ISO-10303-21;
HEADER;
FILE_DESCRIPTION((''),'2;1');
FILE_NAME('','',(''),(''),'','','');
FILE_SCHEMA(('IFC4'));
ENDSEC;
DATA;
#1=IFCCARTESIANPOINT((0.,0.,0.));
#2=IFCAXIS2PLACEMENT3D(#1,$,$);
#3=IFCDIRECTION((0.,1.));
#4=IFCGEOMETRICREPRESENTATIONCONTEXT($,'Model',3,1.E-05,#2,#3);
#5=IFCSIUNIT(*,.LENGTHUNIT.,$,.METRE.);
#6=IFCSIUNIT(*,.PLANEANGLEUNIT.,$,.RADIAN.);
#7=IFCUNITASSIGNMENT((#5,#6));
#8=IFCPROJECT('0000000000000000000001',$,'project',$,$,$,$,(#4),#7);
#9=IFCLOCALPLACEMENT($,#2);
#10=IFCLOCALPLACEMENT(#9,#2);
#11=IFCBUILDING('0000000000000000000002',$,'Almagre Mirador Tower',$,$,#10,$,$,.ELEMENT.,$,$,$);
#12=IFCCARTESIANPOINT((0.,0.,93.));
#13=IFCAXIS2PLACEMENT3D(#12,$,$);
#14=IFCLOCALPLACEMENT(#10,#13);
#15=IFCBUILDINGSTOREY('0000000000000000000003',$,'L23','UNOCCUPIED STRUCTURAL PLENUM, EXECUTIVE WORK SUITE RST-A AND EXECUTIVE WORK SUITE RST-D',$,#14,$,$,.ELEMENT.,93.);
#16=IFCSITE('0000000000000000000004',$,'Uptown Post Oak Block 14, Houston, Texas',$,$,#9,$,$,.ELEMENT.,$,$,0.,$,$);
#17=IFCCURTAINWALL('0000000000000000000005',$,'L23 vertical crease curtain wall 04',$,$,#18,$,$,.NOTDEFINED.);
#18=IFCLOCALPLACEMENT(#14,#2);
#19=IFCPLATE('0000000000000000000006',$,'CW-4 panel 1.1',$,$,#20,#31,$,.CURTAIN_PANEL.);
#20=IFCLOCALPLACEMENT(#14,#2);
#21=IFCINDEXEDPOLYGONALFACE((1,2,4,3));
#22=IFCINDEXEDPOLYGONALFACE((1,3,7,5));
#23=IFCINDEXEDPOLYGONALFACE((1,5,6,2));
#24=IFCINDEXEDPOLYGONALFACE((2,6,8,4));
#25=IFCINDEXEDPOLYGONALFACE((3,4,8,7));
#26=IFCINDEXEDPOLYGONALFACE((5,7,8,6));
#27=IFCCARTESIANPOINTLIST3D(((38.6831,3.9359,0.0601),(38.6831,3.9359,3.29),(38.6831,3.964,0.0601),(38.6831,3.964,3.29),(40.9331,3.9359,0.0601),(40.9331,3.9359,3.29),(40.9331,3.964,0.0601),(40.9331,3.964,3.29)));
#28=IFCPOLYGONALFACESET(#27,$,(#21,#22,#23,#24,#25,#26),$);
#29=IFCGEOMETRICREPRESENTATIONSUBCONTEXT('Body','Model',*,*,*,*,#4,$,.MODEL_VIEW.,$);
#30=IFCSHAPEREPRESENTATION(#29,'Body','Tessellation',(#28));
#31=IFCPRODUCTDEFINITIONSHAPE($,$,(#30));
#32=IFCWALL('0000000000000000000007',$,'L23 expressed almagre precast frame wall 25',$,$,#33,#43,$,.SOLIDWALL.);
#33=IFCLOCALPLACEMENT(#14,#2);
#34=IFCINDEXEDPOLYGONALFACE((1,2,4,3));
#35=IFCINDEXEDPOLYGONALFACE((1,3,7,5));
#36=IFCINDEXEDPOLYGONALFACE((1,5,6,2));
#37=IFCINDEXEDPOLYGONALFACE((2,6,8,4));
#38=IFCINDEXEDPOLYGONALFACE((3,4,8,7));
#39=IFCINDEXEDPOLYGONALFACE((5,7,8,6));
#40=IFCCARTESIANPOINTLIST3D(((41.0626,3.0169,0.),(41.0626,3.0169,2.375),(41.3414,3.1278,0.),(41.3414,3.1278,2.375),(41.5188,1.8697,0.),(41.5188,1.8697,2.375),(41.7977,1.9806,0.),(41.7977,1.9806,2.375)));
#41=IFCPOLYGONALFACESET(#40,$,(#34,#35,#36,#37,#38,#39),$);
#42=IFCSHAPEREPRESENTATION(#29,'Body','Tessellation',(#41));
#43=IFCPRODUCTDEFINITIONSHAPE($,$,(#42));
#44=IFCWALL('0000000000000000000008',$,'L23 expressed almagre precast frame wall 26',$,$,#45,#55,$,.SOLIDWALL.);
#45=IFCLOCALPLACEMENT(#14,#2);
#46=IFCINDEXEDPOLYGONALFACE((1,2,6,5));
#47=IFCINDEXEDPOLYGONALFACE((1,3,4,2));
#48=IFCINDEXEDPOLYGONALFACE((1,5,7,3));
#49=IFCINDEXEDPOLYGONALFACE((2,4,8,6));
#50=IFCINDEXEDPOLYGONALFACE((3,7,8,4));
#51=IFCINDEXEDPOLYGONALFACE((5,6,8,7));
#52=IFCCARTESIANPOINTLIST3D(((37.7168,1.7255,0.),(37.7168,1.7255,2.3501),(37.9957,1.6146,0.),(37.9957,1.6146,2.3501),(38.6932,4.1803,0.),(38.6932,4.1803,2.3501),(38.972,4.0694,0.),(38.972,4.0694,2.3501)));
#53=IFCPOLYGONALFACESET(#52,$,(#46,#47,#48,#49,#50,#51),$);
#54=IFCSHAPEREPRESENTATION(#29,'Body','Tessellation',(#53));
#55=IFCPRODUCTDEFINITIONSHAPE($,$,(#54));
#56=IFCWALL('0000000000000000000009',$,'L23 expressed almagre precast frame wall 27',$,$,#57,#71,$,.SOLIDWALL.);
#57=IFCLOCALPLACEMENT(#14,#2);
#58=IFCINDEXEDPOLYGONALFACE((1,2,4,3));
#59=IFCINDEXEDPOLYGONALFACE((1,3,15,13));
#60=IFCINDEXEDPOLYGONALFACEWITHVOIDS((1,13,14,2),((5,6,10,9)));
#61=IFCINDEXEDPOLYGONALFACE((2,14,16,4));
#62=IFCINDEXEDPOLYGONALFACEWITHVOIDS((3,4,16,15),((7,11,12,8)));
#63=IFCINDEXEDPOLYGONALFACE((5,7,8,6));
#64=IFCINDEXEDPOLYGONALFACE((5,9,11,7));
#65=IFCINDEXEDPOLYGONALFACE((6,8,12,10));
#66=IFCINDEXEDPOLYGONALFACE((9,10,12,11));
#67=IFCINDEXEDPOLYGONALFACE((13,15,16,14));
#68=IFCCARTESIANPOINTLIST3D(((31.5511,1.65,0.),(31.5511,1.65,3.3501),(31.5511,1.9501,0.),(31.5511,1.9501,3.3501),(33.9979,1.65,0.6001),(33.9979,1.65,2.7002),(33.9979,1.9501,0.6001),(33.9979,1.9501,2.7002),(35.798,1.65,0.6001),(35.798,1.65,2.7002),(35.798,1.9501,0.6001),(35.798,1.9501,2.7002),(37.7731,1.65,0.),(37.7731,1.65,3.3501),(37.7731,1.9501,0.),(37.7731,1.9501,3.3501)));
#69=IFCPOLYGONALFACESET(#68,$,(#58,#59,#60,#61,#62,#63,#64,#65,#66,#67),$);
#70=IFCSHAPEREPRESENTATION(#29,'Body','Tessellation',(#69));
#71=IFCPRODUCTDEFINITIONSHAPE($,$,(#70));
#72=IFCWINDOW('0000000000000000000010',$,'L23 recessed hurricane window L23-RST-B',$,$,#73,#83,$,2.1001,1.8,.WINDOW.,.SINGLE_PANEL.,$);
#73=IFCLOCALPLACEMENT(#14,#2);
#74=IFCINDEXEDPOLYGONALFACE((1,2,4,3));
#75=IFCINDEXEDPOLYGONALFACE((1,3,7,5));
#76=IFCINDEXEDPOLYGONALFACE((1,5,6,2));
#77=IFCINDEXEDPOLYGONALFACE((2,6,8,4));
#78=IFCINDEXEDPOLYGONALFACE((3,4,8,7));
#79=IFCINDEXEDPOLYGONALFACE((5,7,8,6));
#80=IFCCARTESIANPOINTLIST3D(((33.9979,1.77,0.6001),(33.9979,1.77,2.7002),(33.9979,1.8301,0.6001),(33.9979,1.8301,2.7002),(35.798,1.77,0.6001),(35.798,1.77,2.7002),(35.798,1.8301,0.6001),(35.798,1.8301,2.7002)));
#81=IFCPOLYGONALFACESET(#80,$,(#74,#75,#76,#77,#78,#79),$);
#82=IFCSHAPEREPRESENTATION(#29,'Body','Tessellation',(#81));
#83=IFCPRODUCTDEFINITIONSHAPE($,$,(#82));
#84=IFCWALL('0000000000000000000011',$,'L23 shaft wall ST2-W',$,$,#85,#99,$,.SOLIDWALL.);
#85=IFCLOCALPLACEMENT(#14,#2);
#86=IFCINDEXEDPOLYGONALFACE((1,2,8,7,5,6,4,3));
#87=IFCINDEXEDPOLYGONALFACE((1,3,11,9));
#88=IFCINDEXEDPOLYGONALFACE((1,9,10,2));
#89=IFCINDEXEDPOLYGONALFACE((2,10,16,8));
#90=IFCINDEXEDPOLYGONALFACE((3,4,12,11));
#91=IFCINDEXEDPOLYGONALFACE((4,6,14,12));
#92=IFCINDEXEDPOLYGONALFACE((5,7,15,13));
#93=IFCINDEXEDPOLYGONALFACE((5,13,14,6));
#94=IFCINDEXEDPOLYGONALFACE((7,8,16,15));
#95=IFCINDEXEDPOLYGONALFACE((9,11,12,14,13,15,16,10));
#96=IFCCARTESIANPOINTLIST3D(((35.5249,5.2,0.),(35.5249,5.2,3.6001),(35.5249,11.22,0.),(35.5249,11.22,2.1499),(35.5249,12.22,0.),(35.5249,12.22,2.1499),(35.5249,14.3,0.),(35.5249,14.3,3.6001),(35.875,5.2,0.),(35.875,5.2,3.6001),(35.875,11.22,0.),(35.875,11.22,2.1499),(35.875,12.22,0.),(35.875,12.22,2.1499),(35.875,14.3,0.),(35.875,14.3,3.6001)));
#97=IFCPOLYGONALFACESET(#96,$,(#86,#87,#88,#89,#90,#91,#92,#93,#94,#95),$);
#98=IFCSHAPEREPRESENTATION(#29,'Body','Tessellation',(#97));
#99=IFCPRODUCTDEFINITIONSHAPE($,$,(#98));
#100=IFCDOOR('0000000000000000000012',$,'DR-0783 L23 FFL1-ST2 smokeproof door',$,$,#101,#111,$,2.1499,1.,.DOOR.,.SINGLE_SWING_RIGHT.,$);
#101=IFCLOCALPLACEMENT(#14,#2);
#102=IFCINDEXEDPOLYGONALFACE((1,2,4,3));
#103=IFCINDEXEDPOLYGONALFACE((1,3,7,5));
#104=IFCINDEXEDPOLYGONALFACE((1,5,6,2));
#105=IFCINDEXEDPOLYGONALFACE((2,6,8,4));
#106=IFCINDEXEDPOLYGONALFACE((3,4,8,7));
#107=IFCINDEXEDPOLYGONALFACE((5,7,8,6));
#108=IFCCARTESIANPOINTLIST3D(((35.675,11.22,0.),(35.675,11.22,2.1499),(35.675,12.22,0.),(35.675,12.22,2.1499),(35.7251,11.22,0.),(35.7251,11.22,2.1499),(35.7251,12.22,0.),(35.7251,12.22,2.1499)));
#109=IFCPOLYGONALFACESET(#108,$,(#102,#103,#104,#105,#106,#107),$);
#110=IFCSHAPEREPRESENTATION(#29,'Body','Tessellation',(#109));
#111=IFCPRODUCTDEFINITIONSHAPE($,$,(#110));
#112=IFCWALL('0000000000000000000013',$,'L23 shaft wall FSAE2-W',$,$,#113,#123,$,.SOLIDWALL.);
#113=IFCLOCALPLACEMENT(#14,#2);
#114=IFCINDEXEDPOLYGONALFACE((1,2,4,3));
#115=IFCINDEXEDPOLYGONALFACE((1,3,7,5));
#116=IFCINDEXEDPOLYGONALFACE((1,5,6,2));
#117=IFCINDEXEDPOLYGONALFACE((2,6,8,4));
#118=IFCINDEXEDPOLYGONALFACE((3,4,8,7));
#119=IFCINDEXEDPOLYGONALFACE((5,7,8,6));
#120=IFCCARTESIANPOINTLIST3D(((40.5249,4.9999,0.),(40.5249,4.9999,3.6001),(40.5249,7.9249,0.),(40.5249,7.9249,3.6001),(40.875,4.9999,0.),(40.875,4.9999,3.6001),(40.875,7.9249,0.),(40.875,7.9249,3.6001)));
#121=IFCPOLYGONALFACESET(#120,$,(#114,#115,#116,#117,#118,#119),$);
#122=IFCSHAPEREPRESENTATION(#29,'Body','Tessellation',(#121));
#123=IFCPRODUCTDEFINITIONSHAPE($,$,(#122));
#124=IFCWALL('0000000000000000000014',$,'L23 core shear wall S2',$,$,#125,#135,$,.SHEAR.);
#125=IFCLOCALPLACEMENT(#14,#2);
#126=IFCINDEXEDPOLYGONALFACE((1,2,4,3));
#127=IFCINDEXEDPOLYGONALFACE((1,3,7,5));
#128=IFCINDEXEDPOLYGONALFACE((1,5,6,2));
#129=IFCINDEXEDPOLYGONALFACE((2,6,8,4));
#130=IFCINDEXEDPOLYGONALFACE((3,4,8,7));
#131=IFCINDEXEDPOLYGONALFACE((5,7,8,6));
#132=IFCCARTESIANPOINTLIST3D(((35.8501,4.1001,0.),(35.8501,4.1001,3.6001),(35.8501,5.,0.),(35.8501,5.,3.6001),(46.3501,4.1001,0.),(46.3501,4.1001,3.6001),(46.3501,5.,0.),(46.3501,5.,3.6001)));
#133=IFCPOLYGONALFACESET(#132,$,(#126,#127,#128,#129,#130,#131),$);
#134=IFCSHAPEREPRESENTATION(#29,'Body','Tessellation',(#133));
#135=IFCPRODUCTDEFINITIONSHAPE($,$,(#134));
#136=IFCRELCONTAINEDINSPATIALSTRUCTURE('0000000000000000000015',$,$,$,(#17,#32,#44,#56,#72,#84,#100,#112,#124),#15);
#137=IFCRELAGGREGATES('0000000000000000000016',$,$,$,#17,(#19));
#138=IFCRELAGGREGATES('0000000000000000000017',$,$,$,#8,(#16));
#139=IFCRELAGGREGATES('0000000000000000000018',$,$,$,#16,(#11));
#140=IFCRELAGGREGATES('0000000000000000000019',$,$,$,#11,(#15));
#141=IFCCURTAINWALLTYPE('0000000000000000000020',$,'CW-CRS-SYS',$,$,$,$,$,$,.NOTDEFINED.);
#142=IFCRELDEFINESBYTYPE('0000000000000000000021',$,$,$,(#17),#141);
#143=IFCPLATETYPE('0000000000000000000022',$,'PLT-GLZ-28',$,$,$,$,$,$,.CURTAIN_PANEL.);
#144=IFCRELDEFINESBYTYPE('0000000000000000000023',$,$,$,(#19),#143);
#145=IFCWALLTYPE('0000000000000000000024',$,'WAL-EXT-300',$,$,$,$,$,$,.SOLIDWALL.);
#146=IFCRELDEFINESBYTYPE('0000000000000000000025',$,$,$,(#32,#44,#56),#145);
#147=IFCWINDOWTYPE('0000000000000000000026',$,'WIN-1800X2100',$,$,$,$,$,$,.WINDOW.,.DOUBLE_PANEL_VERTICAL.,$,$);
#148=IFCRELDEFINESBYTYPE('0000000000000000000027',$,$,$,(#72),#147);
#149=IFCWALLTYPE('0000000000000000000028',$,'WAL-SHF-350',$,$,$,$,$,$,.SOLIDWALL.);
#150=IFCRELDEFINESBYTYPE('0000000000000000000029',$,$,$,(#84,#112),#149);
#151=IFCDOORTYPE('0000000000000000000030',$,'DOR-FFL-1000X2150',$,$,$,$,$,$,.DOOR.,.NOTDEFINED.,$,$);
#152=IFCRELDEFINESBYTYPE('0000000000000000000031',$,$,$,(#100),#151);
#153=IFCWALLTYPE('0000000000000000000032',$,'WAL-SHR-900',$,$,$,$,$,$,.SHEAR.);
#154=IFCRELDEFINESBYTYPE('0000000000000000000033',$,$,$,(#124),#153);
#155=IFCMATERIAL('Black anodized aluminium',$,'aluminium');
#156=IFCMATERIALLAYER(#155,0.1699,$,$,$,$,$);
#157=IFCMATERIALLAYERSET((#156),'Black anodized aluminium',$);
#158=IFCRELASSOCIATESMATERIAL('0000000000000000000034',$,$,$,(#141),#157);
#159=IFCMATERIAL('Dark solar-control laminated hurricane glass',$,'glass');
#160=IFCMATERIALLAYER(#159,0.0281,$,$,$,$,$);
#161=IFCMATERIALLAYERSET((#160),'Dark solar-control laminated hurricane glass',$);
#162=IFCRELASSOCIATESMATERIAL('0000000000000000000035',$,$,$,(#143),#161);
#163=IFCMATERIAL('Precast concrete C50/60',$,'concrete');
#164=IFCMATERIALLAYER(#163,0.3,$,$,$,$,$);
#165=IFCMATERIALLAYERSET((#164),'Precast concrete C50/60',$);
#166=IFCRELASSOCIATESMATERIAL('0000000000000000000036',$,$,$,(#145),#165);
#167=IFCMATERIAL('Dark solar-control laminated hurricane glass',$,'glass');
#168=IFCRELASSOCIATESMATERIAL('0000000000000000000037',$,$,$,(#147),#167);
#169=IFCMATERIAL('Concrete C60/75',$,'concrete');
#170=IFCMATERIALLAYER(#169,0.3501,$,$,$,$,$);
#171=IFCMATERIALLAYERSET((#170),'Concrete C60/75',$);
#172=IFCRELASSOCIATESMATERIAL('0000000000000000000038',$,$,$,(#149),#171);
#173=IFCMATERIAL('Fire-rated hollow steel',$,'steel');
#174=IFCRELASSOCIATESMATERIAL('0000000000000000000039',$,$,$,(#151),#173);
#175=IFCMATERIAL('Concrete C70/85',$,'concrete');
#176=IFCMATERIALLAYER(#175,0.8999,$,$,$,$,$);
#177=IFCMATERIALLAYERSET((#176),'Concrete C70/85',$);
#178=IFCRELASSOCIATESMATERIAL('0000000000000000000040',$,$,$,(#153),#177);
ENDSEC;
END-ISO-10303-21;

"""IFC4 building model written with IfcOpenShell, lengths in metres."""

from ifc_helpers import new_model, si_unit, direction, frame, frame_2d, origin, origin_2d, place, context, subcontext, project, spatial, rectangle, extrude, material, layer, layer_set, type_object, element, fill, aggregate, save


model = new_model("IFC4")

# Units and contexts
model_context = context("Model", 3, precision=1e-05, world=origin(), true_north=direction((0.0, 1.0)))
body_context = subcontext(model_context, "Body", "Model", "MODEL_VIEW")
ifc_project = project(units=[si_unit("LENGTHUNIT", "METRE"), si_unit("PLANEANGLEUNIT", "RADIAN")], contexts=[model_context])

# Site, building, storey
site_placement = place(None, origin())
site = spatial("IfcSite", under=ifc_project, at=site_placement, Name="Uptown Post Oak Block 14, Houston, Texas", CompositionType="ELEMENT", RefElevation=0.0)
building_placement = place(site_placement, origin())
building = spatial("IfcBuilding", under=site, at=building_placement, Name="Almagre Mirador Tower", CompositionType="ELEMENT")
storey_placement = place(building_placement, frame((0.0, 0.0, 93.0)))
storey = spatial("IfcBuildingStorey", under=building, at=storey_placement, Name="L23", Description="UNOCCUPIED STRUCTURAL PLENUM, EXECUTIVE WORK SUITE RST-A AND EXECUTIVE WORK SUITE RST-D", CompositionType="ELEMENT", Elevation=93.0)

# Curtain wall, plate
ifc_material_1 = material(Name="Black anodized aluminium", Category="aluminium")
ifc_layer_1 = layer(ifc_material_1, 0.1699)
ifc_layer_set_1 = layer_set([ifc_layer_1], Name="Black anodized aluminium")
curtain_wall_type = type_object("IfcCurtainWallType", Name="CW-CRS-SYS", PredefinedType="NOTDEFINED", material=ifc_layer_set_1)
curtain_wall_placement = place(storey_placement, origin())
curtain_wall = element("IfcCurtainWall", 1, at=curtain_wall_placement, inside=storey, type_object=curtain_wall_type, Name="L23 vertical crease curtain wall 04", PredefinedType="NOTDEFINED")
ifc_material_2 = material(Name="Dark solar-control laminated hurricane glass", Category="glass")
ifc_layer_2 = layer(ifc_material_2, 0.0281)
ifc_layer_set_2 = layer_set([ifc_layer_2], Name="Dark solar-control laminated hurricane glass")
plate_type = type_object("IfcPlateType", Name="PLT-GLZ-28", PredefinedType="CURTAIN_PANEL", material=ifc_layer_set_2)
plate_placement = place(storey_placement, frame((39.8081, 3.95, 0.0601), z_axis=(0.0, 0.0, 1.0), x_axis=(-1.0, 0.0, 0.0)))
plate = element("IfcPlate", 2, at=plate_placement, type_object=plate_type, Name="CW-4 panel 1.1", PredefinedType="CURTAIN_PANEL", context=body_context, shape_type="SweptSolid", body=[
    extrude(rectangle(XDim=2.25, YDim=0.0281, at=origin_2d()), origin(), (0.0, 0.0, 1.0), 3.23),
])
aggregate(curtain_wall, [plate])

# Walls
ifc_material_3 = material(Name="Precast concrete C50/60", Category="concrete")
ifc_layer_3 = layer(ifc_material_3, 0.3)
ifc_layer_set_3 = layer_set([ifc_layer_3], Name="Precast concrete C50/60")
wall_type_1 = type_object("IfcWallType", Name="WAL-EXT-300", PredefinedType="SOLIDWALL", material=ifc_layer_set_3)
wall_1_placement = place(storey_placement, frame((41.6582, 1.9253, 0.0), z_axis=(0.0, 0.0, 1.0), x_axis=(-0.369583, 0.929198, 0.0)))
element("IfcWall", 3, at=wall_1_placement, inside=storey, type_object=wall_type_1, Name="L23 expressed almagre precast frame wall 25", PredefinedType="SOLIDWALL", context=body_context, shape_type="SweptSolid", body=[
    extrude(rectangle(XDim=1.2346, YDim=0.3, at=frame_2d((0.6172, 0.0))), origin(), (0.0, 0.0, 1.0), 2.375),
])
wall_2_placement = place(storey_placement, frame((38.8325, 4.1248, 0.0), z_axis=(0.0, 0.0, 1.0), x_axis=(-0.369558, -0.929208, 0.0)))
element("IfcWall", 4, at=wall_2_placement, inside=storey, type_object=wall_type_1, Name="L23 expressed almagre precast frame wall 26", PredefinedType="SOLIDWALL", context=body_context, shape_type="SweptSolid", body=[
    extrude(rectangle(XDim=2.6418, YDim=0.3, at=frame_2d((1.3208, 0.0))), origin(), (0.0, 0.0, 1.0), 2.3501),
])

# Wall, opening, window
wall_3_placement = place(storey_placement, frame((37.7729, 1.8, 0.0), z_axis=(0.0, 0.0, 1.0), x_axis=(-1.0, 0.0, 0.0)))
wall_3 = element("IfcWall", 5, at=wall_3_placement, inside=storey, type_object=wall_type_1, Name="L23 expressed almagre precast frame wall 27", PredefinedType="SOLIDWALL", context=body_context, shape_type="SweptSolid", body=[
    extrude(rectangle(XDim=6.2219, YDim=0.3, at=frame_2d((3.1108, 0.0))), origin(), (0.0, 0.0, 1.0), 3.3501),
])
opening_1_placement = place(wall_3_placement, frame((1.9751, 0.0, 0.6001)))
opening_1 = element("IfcOpeningElement", 6, at=opening_1_placement, cuts=wall_3, PredefinedType="OPENING", context=body_context, shape_type="SweptSolid", body=[
    extrude(rectangle(XDim=1.8, YDim=2.1001, at=frame_2d((0.8999, 1.05))), frame((0.0, 0.1599, 0.0), z_axis=(0.0, -1.0, 0.0), x_axis=(1.0, 0.0, 0.0)), (0.0, 0.0, 1.0), 0.32),
])
ifc_material_4 = material(Name="Dark solar-control laminated hurricane glass", Category="glass")
window_type = type_object("IfcWindowType", Name="WIN-1800X2100", PartitioningType="DOUBLE_PANEL_VERTICAL", PredefinedType="WINDOW", material=ifc_material_4)
window_placement = place(opening_1_placement, origin())
window = element("IfcWindow", 7, at=window_placement, inside=storey, type_object=window_type, Name="L23 recessed hurricane window L23-RST-B", OverallHeight=2.1001, OverallWidth=1.8, PartitioningType="SINGLE_PANEL", PredefinedType="WINDOW", context=body_context, shape_type="SweptSolid", body=[
    extrude(rectangle(XDim=1.8, YDim=2.1001, at=frame_2d((0.8999, 1.05))), frame((0.0, 0.03, 0.0), z_axis=(0.0, -1.0, 0.0), x_axis=(1.0, 0.0, 0.0)), (0.0, 0.0, 1.0), 0.0601),
])
fill(opening_1, window)

# Wall, opening, door
ifc_material_5 = material(Name="Concrete C60/75", Category="concrete")
ifc_layer_4 = layer(ifc_material_5, 0.3501)
ifc_layer_set_4 = layer_set([ifc_layer_4], Name="Concrete C60/75")
wall_type_2 = type_object("IfcWallType", Name="WAL-SHF-350", PredefinedType="SOLIDWALL", material=ifc_layer_set_4)
wall_4_placement = place(storey_placement, frame((35.7, 5.2, 0.0), z_axis=(0.0, 0.0, 1.0), x_axis=(0.0, 1.0, 0.0)))
wall_4 = element("IfcWall", 8, at=wall_4_placement, inside=storey, type_object=wall_type_2, Name="L23 shaft wall ST2-W", PredefinedType="SOLIDWALL", context=body_context, shape_type="SweptSolid", body=[
    extrude(rectangle(XDim=9.1001, YDim=0.3501, at=frame_2d((4.55, 0.0))), origin(), (0.0, 0.0, 1.0), 3.6001),
])
opening_2_placement = place(wall_4_placement, frame((6.02, 0.0, 0.0)))
opening_2 = element("IfcOpeningElement", 9, at=opening_2_placement, cuts=wall_4, PredefinedType="OPENING", context=body_context, shape_type="SweptSolid", body=[
    extrude(rectangle(XDim=1.0, YDim=2.1499, at=frame_2d((0.5, 1.075))), frame((0.0, 0.185, 0.0), z_axis=(0.0, -1.0, 0.0), x_axis=(1.0, 0.0, 0.0)), (0.0, 0.0, 1.0), 0.3701),
])
ifc_material_6 = material(Name="Fire-rated hollow steel", Category="steel")
door_type = type_object("IfcDoorType", Name="DOR-FFL-1000X2150", OperationType="NOTDEFINED", PredefinedType="DOOR", material=ifc_material_6)
door_placement = place(opening_2_placement, origin())
door = element("IfcDoor", 10, at=door_placement, inside=storey, type_object=door_type, Name="DR-0783 L23 FFL1-ST2 smokeproof door", OperationType="SINGLE_SWING_RIGHT", OverallHeight=2.1499, OverallWidth=1.0, PredefinedType="DOOR", context=body_context, shape_type="SweptSolid", body=[
    extrude(rectangle(XDim=1.0, YDim=2.1499, at=frame_2d((0.5, 1.075))), frame((0.0, 0.0249, 0.0), z_axis=(0.0, -1.0, 0.0), x_axis=(1.0, 0.0, 0.0)), (0.0, 0.0, 1.0), 0.05),
])
fill(opening_2, door)

# Walls
wall_5_placement = place(storey_placement, frame((40.7, 5.0, 0.0), z_axis=(0.0, 0.0, 1.0), x_axis=(0.0, 1.0, 0.0)))
element("IfcWall", 11, at=wall_5_placement, inside=storey, type_object=wall_type_2, Name="L23 shaft wall FSAE2-W", PredefinedType="SOLIDWALL", context=body_context, shape_type="SweptSolid", body=[
    extrude(rectangle(XDim=2.925, YDim=0.3501, at=frame_2d((1.4624, 0.0))), origin(), (0.0, 0.0, 1.0), 3.6001),
])
ifc_material_7 = material(Name="Concrete C70/85", Category="concrete")
ifc_layer_5 = layer(ifc_material_7, 0.8999)
ifc_layer_set_5 = layer_set([ifc_layer_5], Name="Concrete C70/85")
wall_type_3 = type_object("IfcWallType", Name="WAL-SHR-900", PredefinedType="SHEAR", material=ifc_layer_set_5)
wall_6_placement = place(storey_placement, frame((35.8501, 4.55, 0.0), z_axis=(0.0, 0.0, 1.0), x_axis=(1.0, 0.0, 0.0)))
element("IfcWall", 12, at=wall_6_placement, inside=storey, type_object=wall_type_3, Name="L23 core shear wall S2", PredefinedType="SHEAR", context=body_context, shape_type="SweptSolid", body=[
    extrude(rectangle(XDim=10.5, YDim=0.8999, at=frame_2d((5.25, 0.0))), origin(), (0.0, 0.0, 1.0), 3.6001),
])

save(model, "model.ifc")
